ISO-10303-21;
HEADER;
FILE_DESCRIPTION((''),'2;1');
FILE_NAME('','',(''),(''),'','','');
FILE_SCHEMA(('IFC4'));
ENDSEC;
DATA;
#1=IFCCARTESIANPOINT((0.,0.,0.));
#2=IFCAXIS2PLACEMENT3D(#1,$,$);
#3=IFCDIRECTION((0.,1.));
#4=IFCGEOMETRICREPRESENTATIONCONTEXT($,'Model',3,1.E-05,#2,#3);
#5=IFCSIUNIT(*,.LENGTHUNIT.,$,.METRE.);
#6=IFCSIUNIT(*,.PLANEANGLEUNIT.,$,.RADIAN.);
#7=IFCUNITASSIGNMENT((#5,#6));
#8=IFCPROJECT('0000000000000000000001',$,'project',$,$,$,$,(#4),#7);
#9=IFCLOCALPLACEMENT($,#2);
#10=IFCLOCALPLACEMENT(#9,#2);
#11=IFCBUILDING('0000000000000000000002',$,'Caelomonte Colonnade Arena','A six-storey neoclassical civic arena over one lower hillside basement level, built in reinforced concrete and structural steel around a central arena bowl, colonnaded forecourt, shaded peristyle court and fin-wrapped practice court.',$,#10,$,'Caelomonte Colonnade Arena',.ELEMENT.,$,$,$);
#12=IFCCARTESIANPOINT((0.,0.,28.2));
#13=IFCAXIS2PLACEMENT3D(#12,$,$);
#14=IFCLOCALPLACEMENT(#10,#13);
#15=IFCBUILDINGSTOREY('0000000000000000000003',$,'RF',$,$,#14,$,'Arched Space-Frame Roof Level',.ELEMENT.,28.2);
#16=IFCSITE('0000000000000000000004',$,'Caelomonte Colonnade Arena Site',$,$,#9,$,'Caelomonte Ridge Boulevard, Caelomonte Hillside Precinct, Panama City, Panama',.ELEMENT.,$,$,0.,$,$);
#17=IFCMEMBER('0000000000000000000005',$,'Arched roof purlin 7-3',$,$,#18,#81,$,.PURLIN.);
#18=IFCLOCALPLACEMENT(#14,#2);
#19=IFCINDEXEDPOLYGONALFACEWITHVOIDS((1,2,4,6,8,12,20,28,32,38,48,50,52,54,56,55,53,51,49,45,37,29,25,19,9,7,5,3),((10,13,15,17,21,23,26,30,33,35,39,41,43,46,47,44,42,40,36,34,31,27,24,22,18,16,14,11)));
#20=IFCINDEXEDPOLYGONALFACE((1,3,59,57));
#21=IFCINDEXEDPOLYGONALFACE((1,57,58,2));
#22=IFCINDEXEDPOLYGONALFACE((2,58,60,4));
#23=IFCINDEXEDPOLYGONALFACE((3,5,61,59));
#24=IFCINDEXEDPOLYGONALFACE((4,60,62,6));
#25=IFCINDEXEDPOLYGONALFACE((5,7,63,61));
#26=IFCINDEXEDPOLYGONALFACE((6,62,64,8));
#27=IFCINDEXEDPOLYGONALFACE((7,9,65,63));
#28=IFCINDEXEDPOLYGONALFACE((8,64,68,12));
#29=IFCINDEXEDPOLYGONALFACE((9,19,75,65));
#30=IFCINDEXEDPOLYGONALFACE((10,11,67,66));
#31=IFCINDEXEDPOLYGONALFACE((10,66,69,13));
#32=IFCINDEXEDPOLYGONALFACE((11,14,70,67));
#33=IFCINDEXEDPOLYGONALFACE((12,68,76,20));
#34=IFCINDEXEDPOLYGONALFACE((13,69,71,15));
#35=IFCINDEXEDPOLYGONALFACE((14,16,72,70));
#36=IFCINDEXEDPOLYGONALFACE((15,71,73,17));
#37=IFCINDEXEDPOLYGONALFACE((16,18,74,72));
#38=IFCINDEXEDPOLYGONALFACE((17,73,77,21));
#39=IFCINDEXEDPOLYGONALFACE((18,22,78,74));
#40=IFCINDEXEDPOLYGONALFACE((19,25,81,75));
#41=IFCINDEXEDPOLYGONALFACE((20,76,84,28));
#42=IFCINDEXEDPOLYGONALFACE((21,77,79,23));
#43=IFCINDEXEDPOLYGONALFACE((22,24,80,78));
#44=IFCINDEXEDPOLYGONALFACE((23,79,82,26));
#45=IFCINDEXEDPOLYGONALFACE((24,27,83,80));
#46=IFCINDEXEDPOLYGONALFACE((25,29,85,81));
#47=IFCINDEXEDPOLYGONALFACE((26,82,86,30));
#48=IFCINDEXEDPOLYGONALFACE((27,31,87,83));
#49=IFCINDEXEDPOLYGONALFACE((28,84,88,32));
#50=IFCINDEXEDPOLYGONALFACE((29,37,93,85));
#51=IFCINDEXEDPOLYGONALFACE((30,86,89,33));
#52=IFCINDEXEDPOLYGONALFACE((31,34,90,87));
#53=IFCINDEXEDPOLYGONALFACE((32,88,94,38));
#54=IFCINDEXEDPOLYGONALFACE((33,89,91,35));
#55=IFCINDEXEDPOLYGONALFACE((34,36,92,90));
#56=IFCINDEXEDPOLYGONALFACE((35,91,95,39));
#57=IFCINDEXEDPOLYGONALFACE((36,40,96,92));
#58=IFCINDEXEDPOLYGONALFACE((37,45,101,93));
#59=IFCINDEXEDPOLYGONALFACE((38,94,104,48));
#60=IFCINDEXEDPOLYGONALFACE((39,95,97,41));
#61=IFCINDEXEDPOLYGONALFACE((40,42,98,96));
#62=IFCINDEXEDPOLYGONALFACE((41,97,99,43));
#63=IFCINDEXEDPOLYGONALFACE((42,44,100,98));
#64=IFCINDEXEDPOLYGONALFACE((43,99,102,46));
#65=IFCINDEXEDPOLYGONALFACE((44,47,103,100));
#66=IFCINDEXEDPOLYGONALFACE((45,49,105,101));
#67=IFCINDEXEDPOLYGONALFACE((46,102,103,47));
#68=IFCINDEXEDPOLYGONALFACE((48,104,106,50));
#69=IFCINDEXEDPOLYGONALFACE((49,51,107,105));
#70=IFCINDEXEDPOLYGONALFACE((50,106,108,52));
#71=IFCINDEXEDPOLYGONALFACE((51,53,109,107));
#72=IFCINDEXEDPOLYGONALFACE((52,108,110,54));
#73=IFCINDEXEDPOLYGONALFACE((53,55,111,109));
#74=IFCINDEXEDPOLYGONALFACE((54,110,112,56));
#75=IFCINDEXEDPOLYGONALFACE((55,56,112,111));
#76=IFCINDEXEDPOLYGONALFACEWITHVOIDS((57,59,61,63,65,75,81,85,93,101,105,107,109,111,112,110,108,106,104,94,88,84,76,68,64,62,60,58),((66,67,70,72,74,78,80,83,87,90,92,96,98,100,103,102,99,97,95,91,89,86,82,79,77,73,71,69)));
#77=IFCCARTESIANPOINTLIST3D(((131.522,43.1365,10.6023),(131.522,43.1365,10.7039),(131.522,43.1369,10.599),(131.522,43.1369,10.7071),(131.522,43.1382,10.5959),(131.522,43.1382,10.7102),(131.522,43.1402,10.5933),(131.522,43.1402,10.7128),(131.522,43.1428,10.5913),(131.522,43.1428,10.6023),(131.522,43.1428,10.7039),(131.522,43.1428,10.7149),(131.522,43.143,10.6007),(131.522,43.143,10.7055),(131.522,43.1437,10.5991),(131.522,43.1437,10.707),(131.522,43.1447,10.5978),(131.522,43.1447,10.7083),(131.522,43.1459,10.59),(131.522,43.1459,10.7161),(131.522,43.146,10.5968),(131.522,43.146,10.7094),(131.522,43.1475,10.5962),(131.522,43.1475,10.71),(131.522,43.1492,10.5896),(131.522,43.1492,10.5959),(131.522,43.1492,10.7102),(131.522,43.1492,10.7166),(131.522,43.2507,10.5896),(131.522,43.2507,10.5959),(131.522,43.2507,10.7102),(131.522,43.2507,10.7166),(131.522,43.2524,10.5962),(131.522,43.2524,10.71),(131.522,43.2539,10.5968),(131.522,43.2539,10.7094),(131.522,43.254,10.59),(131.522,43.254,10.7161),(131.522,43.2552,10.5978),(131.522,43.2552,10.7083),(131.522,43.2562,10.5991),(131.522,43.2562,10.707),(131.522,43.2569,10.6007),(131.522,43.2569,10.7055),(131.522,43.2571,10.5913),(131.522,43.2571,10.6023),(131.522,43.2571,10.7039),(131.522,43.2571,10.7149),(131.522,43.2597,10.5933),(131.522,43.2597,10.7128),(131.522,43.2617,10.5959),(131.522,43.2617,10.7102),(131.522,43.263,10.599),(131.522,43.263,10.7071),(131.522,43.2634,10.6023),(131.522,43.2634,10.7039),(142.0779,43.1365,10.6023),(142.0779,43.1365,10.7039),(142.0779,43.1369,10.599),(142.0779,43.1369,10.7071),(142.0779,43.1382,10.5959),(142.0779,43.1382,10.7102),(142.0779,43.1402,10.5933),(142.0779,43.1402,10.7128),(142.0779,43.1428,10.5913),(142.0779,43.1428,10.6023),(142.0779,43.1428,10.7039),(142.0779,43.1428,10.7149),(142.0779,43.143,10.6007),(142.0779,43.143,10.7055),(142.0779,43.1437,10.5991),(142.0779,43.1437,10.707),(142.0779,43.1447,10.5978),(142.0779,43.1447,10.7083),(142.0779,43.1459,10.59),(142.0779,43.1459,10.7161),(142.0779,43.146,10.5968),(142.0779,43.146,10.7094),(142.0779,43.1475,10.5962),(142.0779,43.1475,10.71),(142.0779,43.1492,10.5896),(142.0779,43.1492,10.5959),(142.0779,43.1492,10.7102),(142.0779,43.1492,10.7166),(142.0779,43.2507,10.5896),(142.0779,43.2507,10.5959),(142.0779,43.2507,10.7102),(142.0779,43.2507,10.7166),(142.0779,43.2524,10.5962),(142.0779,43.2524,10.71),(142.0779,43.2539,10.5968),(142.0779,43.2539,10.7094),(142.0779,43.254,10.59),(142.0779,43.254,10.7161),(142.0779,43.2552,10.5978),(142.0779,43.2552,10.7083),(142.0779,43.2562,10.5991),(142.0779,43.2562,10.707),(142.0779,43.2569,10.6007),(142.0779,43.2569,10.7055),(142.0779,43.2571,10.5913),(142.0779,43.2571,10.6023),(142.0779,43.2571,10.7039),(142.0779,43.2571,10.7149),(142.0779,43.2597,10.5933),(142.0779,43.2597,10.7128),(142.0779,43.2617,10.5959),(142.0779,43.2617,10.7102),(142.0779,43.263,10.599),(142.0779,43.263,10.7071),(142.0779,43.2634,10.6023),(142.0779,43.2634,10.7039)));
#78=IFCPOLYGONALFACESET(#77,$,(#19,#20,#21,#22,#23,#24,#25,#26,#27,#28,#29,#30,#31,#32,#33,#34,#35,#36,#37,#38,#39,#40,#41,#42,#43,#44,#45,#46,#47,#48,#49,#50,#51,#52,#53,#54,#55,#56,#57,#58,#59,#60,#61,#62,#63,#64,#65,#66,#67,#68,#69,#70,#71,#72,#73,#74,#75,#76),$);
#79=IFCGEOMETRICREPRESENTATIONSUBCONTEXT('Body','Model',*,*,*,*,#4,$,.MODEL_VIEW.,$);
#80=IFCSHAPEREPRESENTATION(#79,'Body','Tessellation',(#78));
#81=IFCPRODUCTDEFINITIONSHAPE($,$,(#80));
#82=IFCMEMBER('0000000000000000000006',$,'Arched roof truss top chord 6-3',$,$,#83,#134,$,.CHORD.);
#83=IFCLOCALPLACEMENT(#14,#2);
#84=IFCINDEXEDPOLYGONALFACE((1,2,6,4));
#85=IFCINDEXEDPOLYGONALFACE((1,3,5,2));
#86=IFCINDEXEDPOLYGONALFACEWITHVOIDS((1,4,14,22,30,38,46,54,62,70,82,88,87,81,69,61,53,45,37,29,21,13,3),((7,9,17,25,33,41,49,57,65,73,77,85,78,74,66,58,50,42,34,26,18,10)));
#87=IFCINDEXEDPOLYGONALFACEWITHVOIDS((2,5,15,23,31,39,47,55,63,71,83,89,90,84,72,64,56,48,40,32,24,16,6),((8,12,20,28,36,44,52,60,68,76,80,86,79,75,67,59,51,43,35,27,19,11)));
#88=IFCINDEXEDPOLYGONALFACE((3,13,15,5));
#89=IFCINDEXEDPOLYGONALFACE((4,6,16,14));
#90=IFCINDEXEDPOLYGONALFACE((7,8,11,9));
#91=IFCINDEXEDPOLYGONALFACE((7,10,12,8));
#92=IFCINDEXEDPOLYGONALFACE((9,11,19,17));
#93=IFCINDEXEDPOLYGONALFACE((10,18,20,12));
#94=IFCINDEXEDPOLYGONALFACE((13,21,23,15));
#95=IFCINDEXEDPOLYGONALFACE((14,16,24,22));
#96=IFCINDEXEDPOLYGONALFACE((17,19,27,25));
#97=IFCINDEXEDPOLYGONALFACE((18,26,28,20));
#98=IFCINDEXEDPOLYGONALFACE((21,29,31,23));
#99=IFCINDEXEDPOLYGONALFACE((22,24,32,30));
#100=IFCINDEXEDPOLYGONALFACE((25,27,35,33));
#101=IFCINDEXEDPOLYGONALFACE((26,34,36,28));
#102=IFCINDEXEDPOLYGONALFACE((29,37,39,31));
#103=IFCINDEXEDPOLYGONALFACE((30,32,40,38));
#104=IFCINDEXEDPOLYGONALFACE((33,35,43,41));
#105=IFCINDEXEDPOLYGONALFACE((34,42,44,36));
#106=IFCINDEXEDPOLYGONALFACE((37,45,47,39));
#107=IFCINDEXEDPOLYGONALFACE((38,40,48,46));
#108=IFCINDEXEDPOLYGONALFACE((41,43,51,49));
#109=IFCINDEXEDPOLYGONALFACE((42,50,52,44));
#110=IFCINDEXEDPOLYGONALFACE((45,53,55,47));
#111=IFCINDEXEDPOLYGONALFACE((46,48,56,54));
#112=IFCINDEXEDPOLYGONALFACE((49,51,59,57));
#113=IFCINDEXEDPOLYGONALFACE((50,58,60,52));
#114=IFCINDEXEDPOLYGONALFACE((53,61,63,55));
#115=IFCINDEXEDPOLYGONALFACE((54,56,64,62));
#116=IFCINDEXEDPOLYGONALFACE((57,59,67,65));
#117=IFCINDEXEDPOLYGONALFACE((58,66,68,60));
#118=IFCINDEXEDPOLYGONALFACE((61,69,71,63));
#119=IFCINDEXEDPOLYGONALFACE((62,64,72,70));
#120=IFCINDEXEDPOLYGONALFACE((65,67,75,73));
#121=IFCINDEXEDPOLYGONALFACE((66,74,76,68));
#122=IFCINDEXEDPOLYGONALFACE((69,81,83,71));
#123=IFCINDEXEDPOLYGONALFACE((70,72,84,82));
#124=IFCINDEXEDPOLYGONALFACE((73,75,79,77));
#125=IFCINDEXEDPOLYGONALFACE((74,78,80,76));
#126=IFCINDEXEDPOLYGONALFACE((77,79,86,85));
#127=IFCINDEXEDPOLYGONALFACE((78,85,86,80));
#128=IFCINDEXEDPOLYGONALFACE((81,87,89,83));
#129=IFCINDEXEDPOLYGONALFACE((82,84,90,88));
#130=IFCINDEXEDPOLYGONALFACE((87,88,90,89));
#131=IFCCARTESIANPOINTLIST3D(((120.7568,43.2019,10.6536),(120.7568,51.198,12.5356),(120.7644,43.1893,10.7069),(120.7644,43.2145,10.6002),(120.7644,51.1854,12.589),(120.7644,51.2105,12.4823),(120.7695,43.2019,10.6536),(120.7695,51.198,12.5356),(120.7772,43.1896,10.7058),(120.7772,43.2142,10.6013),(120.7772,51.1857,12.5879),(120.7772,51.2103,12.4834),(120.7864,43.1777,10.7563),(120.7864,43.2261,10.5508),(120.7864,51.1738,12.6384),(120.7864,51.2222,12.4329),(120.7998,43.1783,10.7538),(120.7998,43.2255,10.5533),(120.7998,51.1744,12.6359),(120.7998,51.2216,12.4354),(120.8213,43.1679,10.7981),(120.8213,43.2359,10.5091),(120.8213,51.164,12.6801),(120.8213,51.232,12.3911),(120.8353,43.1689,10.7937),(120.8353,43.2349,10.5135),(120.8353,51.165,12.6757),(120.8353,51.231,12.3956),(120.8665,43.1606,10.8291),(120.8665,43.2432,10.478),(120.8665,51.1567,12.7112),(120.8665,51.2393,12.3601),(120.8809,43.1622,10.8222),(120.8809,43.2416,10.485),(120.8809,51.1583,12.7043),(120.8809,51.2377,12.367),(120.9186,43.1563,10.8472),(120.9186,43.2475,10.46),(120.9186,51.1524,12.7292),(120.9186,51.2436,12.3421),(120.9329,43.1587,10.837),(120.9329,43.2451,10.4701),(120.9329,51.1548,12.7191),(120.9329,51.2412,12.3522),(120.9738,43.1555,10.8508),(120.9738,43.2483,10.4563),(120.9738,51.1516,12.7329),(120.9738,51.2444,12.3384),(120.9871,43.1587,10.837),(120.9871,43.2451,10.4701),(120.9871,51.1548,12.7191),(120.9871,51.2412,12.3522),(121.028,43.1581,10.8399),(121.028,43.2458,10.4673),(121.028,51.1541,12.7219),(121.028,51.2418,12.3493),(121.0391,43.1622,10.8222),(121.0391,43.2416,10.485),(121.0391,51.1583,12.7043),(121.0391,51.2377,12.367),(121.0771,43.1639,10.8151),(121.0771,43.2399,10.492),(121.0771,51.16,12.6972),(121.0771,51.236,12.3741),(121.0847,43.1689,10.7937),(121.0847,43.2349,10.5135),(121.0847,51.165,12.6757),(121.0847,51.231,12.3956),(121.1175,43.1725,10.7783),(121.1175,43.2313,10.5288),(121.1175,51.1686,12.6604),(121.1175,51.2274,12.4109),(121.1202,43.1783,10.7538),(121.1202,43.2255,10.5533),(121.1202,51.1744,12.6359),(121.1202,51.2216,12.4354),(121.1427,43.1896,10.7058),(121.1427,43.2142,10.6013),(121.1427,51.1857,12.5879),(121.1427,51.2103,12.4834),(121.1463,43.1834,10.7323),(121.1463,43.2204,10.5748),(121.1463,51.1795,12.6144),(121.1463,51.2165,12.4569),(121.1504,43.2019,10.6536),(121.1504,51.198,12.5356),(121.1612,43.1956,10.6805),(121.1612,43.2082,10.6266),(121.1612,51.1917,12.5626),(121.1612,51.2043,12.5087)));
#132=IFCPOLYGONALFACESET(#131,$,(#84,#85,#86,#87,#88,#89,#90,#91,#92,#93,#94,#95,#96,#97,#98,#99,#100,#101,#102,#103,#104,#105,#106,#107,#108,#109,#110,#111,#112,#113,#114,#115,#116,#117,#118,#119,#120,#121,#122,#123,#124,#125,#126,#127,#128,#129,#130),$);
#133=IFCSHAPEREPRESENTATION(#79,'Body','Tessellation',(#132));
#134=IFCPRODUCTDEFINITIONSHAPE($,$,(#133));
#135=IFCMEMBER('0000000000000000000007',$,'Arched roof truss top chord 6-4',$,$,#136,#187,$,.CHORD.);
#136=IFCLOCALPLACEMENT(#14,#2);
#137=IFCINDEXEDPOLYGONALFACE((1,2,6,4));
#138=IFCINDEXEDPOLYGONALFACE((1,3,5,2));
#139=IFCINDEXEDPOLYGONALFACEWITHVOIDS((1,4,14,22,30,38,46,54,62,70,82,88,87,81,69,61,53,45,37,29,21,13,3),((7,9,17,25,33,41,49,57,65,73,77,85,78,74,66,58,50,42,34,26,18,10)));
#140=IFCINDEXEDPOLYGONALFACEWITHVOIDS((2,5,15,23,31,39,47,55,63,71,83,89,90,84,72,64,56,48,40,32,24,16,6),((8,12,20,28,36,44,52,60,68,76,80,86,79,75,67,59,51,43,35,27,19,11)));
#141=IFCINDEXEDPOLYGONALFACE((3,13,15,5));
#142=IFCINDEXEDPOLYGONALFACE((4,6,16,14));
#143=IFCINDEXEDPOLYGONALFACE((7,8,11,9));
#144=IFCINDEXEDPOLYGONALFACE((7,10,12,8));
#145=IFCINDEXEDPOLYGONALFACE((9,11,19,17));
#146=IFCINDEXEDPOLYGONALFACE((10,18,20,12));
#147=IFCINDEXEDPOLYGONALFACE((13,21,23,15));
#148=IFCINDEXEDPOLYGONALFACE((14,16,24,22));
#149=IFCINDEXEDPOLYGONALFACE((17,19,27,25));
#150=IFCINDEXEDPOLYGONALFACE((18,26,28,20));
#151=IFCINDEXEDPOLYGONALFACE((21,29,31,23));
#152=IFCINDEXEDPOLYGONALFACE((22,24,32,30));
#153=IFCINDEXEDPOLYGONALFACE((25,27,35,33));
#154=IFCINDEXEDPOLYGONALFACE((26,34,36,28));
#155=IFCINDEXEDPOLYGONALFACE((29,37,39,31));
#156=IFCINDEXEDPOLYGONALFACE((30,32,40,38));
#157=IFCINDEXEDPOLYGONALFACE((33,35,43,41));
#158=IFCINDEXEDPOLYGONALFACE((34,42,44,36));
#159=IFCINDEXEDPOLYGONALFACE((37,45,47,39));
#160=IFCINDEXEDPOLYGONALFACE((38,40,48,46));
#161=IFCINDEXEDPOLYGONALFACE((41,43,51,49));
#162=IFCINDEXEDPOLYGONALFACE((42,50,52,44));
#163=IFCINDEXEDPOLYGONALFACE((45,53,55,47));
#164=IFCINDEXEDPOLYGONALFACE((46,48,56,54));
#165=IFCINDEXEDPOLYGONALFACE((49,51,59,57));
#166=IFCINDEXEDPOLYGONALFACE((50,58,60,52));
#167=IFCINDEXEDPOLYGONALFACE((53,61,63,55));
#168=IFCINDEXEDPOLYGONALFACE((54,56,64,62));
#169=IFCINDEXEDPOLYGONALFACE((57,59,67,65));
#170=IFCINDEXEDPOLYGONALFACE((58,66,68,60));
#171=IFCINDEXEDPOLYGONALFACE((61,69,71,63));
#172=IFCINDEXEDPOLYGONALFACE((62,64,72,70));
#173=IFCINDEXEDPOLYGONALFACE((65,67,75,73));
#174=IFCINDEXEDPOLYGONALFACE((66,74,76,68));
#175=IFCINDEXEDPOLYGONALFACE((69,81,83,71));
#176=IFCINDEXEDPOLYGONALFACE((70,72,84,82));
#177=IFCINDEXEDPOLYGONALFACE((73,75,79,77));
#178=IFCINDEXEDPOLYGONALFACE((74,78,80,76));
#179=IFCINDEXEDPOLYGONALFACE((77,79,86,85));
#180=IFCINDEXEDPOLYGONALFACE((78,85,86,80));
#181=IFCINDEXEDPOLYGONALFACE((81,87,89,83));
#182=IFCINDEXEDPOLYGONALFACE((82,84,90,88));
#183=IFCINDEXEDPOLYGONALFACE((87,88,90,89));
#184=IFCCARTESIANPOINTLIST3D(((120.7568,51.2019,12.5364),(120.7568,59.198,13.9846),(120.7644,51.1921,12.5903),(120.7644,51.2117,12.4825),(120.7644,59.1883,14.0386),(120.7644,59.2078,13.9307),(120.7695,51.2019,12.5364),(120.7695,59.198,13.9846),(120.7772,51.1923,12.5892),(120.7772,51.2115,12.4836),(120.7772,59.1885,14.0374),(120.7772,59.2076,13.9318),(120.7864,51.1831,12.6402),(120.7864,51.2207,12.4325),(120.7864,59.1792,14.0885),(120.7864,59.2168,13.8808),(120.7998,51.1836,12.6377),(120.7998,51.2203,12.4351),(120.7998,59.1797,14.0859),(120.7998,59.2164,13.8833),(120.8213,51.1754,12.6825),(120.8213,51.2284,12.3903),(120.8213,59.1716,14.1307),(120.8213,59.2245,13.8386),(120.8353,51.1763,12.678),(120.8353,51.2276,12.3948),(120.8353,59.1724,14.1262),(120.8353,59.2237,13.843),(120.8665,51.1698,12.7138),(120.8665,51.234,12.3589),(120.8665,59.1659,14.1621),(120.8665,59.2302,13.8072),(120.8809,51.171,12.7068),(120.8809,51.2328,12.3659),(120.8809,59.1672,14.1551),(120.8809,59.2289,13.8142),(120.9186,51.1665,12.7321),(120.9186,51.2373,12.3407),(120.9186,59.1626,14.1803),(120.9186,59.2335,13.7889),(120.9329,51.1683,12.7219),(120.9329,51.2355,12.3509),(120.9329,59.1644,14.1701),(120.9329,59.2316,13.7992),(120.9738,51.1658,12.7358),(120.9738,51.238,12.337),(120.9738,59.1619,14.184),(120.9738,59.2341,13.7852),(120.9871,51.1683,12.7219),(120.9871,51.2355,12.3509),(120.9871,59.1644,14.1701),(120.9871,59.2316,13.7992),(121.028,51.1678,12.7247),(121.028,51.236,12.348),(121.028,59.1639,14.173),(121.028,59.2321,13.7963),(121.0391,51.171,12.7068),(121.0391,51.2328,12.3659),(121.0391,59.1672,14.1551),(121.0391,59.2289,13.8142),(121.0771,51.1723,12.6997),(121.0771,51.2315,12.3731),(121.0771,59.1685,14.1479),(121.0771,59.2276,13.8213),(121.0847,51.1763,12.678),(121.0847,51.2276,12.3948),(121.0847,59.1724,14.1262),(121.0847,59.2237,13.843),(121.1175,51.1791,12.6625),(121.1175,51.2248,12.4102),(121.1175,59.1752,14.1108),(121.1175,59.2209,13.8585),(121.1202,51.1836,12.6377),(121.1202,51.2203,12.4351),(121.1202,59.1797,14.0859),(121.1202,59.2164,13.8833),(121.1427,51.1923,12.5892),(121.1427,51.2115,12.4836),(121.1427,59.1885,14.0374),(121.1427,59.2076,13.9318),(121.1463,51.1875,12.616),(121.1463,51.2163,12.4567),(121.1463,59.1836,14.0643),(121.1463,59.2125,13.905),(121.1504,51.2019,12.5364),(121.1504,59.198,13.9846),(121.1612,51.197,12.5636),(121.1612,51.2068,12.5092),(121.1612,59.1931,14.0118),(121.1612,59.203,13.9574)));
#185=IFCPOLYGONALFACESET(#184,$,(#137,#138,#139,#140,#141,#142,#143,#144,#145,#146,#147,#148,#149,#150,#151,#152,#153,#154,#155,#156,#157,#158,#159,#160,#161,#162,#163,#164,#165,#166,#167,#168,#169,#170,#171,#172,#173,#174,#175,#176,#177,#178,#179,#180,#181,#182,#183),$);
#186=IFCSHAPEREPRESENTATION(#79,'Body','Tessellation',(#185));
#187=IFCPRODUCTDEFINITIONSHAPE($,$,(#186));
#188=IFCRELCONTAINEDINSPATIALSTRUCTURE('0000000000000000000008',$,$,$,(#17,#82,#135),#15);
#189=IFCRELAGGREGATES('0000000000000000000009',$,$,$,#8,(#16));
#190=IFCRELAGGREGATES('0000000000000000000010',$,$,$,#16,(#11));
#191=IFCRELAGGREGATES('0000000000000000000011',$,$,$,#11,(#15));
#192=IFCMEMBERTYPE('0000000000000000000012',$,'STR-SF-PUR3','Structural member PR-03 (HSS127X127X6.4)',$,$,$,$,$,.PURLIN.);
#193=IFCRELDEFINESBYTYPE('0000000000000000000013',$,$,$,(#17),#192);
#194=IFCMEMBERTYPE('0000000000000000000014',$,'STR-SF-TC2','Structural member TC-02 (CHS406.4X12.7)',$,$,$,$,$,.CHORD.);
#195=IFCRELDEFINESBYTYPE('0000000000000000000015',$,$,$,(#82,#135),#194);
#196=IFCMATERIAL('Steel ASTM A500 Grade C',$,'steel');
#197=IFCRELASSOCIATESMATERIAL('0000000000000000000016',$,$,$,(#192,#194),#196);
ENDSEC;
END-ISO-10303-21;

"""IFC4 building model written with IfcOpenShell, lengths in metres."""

from ifc_helpers import new_model, si_unit, direction, frame, origin, origin_2d, place, context, subcontext, project, spatial, hollow_rectangle, hollow_circle, extrude, material, material_profile, profile_set, type_object, element, save


model = new_model("IFC4")

# Units and contexts
model_context = context("Model", 3, precision=1e-05, world=origin(), true_north=direction((0.0, 1.0)))
body_context = subcontext(model_context, "Body", "Model", "MODEL_VIEW")
ifc_project = project(units=[si_unit("LENGTHUNIT", "METRE"), si_unit("PLANEANGLEUNIT", "RADIAN")], contexts=[model_context])

# Site, building, storey
site_placement = place(None, origin())
site = spatial("IfcSite", under=ifc_project, at=site_placement, Name="Caelomonte Colonnade Arena Site", LongName="Caelomonte Ridge Boulevard, Caelomonte Hillside Precinct, Panama City, Panama", CompositionType="ELEMENT", RefElevation=0.0)
building_placement = place(site_placement, origin())
building = spatial("IfcBuilding", under=site, at=building_placement, Name="Caelomonte Colonnade Arena", Description="A six-storey neoclassical civic arena over one lower hillside basement level, built in reinforced concrete and structural steel around a central arena bowl, colonnaded forecourt, shaded peristyle court and fin-wrapped practice court.", LongName="Caelomonte Colonnade Arena", CompositionType="ELEMENT")
storey_placement = place(building_placement, frame((0.0, 0.0, 28.2)))
storey = spatial("IfcBuildingStorey", under=building, at=storey_placement, Name="RF", LongName="Arched Space-Frame Roof Level", CompositionType="ELEMENT", Elevation=28.2)

# Members
ifc_material_1 = material(Name="Steel ASTM A500 Grade C", Category="steel")
ifc_material_profile_1 = material_profile(ifc_material_1, hollow_rectangle(XDim=0.127, YDim=0.127, WallThickness=0.0063, InnerFilletRadius=0.0063, OuterFilletRadius=0.0127, at=origin_2d()), Name="HSS127X127X6.4")
ifc_profile_set_1 = profile_set([ifc_material_profile_1], Name="Steel ASTM A500 Grade C")
member_type_1 = type_object("IfcMemberType", Name="STR-SF-PUR3", Description="Structural member PR-03 (HSS127X127X6.4)", PredefinedType="PURLIN", material=ifc_profile_set_1)
member_1_placement = place(storey_placement, frame((131.522, 43.2, 10.6531), z_axis=(1.0, 0.0, 0.0), x_axis=(0.0, 1.0, 0.0)))
element("IfcMember", 1, at=member_1_placement, inside=storey, type_object=member_type_1, Name="Arched roof purlin 7-3", PredefinedType="PURLIN", context=body_context, shape_type="SweptSolid", body=[
    extrude(hollow_rectangle(XDim=0.127, YDim=0.127, WallThickness=0.0063, InnerFilletRadius=0.0063, OuterFilletRadius=0.0127, at=origin_2d()), origin(), (0.0, 0.0, 1.0), 10.5559),
])
ifc_material_profile_2 = material_profile(ifc_material_1, hollow_circle(Radius=0.2031, WallThickness=0.0127, at=origin_2d()), Name="CHS406.4X12.7")
ifc_profile_set_2 = profile_set([ifc_material_profile_2], Name="Steel ASTM A500 Grade C")
member_type_2 = type_object("IfcMemberType", Name="STR-SF-TC2", Description="Structural member TC-02 (CHS406.4X12.7)", PredefinedType="CHORD", material=ifc_profile_set_2)
member_2_placement = place(storey_placement, frame((120.96, 43.2019, 10.6536), z_axis=(0.0, 0.9734, 0.229114), x_axis=(-1.0, 0.0, 0.0)))
element("IfcMember", 2, at=member_2_placement, inside=storey, type_object=member_type_2, Name="Arched roof truss top chord 6-3", PredefinedType="CHORD", context=body_context, shape_type="SweptSolid", body=[
    extrude(hollow_circle(Radius=0.2031, WallThickness=0.0127, at=origin_2d()), origin(), (0.0, 0.0, 1.0), 8.2146),
])
member_3_placement = place(storey_placement, frame((120.96, 51.2019, 12.5364), z_axis=(0.0, 0.983991, 0.178219), x_axis=(-1.0, 0.0, 0.0)))
element("IfcMember", 3, at=member_3_placement, inside=storey, type_object=member_type_2, Name="Arched roof truss top chord 6-4", PredefinedType="CHORD", context=body_context, shape_type="SweptSolid", body=[
    extrude(hollow_circle(Radius=0.2031, WallThickness=0.0127, at=origin_2d()), origin(), (0.0, 0.0, 1.0), 8.1262),
])

save(model, "model.ifc")
